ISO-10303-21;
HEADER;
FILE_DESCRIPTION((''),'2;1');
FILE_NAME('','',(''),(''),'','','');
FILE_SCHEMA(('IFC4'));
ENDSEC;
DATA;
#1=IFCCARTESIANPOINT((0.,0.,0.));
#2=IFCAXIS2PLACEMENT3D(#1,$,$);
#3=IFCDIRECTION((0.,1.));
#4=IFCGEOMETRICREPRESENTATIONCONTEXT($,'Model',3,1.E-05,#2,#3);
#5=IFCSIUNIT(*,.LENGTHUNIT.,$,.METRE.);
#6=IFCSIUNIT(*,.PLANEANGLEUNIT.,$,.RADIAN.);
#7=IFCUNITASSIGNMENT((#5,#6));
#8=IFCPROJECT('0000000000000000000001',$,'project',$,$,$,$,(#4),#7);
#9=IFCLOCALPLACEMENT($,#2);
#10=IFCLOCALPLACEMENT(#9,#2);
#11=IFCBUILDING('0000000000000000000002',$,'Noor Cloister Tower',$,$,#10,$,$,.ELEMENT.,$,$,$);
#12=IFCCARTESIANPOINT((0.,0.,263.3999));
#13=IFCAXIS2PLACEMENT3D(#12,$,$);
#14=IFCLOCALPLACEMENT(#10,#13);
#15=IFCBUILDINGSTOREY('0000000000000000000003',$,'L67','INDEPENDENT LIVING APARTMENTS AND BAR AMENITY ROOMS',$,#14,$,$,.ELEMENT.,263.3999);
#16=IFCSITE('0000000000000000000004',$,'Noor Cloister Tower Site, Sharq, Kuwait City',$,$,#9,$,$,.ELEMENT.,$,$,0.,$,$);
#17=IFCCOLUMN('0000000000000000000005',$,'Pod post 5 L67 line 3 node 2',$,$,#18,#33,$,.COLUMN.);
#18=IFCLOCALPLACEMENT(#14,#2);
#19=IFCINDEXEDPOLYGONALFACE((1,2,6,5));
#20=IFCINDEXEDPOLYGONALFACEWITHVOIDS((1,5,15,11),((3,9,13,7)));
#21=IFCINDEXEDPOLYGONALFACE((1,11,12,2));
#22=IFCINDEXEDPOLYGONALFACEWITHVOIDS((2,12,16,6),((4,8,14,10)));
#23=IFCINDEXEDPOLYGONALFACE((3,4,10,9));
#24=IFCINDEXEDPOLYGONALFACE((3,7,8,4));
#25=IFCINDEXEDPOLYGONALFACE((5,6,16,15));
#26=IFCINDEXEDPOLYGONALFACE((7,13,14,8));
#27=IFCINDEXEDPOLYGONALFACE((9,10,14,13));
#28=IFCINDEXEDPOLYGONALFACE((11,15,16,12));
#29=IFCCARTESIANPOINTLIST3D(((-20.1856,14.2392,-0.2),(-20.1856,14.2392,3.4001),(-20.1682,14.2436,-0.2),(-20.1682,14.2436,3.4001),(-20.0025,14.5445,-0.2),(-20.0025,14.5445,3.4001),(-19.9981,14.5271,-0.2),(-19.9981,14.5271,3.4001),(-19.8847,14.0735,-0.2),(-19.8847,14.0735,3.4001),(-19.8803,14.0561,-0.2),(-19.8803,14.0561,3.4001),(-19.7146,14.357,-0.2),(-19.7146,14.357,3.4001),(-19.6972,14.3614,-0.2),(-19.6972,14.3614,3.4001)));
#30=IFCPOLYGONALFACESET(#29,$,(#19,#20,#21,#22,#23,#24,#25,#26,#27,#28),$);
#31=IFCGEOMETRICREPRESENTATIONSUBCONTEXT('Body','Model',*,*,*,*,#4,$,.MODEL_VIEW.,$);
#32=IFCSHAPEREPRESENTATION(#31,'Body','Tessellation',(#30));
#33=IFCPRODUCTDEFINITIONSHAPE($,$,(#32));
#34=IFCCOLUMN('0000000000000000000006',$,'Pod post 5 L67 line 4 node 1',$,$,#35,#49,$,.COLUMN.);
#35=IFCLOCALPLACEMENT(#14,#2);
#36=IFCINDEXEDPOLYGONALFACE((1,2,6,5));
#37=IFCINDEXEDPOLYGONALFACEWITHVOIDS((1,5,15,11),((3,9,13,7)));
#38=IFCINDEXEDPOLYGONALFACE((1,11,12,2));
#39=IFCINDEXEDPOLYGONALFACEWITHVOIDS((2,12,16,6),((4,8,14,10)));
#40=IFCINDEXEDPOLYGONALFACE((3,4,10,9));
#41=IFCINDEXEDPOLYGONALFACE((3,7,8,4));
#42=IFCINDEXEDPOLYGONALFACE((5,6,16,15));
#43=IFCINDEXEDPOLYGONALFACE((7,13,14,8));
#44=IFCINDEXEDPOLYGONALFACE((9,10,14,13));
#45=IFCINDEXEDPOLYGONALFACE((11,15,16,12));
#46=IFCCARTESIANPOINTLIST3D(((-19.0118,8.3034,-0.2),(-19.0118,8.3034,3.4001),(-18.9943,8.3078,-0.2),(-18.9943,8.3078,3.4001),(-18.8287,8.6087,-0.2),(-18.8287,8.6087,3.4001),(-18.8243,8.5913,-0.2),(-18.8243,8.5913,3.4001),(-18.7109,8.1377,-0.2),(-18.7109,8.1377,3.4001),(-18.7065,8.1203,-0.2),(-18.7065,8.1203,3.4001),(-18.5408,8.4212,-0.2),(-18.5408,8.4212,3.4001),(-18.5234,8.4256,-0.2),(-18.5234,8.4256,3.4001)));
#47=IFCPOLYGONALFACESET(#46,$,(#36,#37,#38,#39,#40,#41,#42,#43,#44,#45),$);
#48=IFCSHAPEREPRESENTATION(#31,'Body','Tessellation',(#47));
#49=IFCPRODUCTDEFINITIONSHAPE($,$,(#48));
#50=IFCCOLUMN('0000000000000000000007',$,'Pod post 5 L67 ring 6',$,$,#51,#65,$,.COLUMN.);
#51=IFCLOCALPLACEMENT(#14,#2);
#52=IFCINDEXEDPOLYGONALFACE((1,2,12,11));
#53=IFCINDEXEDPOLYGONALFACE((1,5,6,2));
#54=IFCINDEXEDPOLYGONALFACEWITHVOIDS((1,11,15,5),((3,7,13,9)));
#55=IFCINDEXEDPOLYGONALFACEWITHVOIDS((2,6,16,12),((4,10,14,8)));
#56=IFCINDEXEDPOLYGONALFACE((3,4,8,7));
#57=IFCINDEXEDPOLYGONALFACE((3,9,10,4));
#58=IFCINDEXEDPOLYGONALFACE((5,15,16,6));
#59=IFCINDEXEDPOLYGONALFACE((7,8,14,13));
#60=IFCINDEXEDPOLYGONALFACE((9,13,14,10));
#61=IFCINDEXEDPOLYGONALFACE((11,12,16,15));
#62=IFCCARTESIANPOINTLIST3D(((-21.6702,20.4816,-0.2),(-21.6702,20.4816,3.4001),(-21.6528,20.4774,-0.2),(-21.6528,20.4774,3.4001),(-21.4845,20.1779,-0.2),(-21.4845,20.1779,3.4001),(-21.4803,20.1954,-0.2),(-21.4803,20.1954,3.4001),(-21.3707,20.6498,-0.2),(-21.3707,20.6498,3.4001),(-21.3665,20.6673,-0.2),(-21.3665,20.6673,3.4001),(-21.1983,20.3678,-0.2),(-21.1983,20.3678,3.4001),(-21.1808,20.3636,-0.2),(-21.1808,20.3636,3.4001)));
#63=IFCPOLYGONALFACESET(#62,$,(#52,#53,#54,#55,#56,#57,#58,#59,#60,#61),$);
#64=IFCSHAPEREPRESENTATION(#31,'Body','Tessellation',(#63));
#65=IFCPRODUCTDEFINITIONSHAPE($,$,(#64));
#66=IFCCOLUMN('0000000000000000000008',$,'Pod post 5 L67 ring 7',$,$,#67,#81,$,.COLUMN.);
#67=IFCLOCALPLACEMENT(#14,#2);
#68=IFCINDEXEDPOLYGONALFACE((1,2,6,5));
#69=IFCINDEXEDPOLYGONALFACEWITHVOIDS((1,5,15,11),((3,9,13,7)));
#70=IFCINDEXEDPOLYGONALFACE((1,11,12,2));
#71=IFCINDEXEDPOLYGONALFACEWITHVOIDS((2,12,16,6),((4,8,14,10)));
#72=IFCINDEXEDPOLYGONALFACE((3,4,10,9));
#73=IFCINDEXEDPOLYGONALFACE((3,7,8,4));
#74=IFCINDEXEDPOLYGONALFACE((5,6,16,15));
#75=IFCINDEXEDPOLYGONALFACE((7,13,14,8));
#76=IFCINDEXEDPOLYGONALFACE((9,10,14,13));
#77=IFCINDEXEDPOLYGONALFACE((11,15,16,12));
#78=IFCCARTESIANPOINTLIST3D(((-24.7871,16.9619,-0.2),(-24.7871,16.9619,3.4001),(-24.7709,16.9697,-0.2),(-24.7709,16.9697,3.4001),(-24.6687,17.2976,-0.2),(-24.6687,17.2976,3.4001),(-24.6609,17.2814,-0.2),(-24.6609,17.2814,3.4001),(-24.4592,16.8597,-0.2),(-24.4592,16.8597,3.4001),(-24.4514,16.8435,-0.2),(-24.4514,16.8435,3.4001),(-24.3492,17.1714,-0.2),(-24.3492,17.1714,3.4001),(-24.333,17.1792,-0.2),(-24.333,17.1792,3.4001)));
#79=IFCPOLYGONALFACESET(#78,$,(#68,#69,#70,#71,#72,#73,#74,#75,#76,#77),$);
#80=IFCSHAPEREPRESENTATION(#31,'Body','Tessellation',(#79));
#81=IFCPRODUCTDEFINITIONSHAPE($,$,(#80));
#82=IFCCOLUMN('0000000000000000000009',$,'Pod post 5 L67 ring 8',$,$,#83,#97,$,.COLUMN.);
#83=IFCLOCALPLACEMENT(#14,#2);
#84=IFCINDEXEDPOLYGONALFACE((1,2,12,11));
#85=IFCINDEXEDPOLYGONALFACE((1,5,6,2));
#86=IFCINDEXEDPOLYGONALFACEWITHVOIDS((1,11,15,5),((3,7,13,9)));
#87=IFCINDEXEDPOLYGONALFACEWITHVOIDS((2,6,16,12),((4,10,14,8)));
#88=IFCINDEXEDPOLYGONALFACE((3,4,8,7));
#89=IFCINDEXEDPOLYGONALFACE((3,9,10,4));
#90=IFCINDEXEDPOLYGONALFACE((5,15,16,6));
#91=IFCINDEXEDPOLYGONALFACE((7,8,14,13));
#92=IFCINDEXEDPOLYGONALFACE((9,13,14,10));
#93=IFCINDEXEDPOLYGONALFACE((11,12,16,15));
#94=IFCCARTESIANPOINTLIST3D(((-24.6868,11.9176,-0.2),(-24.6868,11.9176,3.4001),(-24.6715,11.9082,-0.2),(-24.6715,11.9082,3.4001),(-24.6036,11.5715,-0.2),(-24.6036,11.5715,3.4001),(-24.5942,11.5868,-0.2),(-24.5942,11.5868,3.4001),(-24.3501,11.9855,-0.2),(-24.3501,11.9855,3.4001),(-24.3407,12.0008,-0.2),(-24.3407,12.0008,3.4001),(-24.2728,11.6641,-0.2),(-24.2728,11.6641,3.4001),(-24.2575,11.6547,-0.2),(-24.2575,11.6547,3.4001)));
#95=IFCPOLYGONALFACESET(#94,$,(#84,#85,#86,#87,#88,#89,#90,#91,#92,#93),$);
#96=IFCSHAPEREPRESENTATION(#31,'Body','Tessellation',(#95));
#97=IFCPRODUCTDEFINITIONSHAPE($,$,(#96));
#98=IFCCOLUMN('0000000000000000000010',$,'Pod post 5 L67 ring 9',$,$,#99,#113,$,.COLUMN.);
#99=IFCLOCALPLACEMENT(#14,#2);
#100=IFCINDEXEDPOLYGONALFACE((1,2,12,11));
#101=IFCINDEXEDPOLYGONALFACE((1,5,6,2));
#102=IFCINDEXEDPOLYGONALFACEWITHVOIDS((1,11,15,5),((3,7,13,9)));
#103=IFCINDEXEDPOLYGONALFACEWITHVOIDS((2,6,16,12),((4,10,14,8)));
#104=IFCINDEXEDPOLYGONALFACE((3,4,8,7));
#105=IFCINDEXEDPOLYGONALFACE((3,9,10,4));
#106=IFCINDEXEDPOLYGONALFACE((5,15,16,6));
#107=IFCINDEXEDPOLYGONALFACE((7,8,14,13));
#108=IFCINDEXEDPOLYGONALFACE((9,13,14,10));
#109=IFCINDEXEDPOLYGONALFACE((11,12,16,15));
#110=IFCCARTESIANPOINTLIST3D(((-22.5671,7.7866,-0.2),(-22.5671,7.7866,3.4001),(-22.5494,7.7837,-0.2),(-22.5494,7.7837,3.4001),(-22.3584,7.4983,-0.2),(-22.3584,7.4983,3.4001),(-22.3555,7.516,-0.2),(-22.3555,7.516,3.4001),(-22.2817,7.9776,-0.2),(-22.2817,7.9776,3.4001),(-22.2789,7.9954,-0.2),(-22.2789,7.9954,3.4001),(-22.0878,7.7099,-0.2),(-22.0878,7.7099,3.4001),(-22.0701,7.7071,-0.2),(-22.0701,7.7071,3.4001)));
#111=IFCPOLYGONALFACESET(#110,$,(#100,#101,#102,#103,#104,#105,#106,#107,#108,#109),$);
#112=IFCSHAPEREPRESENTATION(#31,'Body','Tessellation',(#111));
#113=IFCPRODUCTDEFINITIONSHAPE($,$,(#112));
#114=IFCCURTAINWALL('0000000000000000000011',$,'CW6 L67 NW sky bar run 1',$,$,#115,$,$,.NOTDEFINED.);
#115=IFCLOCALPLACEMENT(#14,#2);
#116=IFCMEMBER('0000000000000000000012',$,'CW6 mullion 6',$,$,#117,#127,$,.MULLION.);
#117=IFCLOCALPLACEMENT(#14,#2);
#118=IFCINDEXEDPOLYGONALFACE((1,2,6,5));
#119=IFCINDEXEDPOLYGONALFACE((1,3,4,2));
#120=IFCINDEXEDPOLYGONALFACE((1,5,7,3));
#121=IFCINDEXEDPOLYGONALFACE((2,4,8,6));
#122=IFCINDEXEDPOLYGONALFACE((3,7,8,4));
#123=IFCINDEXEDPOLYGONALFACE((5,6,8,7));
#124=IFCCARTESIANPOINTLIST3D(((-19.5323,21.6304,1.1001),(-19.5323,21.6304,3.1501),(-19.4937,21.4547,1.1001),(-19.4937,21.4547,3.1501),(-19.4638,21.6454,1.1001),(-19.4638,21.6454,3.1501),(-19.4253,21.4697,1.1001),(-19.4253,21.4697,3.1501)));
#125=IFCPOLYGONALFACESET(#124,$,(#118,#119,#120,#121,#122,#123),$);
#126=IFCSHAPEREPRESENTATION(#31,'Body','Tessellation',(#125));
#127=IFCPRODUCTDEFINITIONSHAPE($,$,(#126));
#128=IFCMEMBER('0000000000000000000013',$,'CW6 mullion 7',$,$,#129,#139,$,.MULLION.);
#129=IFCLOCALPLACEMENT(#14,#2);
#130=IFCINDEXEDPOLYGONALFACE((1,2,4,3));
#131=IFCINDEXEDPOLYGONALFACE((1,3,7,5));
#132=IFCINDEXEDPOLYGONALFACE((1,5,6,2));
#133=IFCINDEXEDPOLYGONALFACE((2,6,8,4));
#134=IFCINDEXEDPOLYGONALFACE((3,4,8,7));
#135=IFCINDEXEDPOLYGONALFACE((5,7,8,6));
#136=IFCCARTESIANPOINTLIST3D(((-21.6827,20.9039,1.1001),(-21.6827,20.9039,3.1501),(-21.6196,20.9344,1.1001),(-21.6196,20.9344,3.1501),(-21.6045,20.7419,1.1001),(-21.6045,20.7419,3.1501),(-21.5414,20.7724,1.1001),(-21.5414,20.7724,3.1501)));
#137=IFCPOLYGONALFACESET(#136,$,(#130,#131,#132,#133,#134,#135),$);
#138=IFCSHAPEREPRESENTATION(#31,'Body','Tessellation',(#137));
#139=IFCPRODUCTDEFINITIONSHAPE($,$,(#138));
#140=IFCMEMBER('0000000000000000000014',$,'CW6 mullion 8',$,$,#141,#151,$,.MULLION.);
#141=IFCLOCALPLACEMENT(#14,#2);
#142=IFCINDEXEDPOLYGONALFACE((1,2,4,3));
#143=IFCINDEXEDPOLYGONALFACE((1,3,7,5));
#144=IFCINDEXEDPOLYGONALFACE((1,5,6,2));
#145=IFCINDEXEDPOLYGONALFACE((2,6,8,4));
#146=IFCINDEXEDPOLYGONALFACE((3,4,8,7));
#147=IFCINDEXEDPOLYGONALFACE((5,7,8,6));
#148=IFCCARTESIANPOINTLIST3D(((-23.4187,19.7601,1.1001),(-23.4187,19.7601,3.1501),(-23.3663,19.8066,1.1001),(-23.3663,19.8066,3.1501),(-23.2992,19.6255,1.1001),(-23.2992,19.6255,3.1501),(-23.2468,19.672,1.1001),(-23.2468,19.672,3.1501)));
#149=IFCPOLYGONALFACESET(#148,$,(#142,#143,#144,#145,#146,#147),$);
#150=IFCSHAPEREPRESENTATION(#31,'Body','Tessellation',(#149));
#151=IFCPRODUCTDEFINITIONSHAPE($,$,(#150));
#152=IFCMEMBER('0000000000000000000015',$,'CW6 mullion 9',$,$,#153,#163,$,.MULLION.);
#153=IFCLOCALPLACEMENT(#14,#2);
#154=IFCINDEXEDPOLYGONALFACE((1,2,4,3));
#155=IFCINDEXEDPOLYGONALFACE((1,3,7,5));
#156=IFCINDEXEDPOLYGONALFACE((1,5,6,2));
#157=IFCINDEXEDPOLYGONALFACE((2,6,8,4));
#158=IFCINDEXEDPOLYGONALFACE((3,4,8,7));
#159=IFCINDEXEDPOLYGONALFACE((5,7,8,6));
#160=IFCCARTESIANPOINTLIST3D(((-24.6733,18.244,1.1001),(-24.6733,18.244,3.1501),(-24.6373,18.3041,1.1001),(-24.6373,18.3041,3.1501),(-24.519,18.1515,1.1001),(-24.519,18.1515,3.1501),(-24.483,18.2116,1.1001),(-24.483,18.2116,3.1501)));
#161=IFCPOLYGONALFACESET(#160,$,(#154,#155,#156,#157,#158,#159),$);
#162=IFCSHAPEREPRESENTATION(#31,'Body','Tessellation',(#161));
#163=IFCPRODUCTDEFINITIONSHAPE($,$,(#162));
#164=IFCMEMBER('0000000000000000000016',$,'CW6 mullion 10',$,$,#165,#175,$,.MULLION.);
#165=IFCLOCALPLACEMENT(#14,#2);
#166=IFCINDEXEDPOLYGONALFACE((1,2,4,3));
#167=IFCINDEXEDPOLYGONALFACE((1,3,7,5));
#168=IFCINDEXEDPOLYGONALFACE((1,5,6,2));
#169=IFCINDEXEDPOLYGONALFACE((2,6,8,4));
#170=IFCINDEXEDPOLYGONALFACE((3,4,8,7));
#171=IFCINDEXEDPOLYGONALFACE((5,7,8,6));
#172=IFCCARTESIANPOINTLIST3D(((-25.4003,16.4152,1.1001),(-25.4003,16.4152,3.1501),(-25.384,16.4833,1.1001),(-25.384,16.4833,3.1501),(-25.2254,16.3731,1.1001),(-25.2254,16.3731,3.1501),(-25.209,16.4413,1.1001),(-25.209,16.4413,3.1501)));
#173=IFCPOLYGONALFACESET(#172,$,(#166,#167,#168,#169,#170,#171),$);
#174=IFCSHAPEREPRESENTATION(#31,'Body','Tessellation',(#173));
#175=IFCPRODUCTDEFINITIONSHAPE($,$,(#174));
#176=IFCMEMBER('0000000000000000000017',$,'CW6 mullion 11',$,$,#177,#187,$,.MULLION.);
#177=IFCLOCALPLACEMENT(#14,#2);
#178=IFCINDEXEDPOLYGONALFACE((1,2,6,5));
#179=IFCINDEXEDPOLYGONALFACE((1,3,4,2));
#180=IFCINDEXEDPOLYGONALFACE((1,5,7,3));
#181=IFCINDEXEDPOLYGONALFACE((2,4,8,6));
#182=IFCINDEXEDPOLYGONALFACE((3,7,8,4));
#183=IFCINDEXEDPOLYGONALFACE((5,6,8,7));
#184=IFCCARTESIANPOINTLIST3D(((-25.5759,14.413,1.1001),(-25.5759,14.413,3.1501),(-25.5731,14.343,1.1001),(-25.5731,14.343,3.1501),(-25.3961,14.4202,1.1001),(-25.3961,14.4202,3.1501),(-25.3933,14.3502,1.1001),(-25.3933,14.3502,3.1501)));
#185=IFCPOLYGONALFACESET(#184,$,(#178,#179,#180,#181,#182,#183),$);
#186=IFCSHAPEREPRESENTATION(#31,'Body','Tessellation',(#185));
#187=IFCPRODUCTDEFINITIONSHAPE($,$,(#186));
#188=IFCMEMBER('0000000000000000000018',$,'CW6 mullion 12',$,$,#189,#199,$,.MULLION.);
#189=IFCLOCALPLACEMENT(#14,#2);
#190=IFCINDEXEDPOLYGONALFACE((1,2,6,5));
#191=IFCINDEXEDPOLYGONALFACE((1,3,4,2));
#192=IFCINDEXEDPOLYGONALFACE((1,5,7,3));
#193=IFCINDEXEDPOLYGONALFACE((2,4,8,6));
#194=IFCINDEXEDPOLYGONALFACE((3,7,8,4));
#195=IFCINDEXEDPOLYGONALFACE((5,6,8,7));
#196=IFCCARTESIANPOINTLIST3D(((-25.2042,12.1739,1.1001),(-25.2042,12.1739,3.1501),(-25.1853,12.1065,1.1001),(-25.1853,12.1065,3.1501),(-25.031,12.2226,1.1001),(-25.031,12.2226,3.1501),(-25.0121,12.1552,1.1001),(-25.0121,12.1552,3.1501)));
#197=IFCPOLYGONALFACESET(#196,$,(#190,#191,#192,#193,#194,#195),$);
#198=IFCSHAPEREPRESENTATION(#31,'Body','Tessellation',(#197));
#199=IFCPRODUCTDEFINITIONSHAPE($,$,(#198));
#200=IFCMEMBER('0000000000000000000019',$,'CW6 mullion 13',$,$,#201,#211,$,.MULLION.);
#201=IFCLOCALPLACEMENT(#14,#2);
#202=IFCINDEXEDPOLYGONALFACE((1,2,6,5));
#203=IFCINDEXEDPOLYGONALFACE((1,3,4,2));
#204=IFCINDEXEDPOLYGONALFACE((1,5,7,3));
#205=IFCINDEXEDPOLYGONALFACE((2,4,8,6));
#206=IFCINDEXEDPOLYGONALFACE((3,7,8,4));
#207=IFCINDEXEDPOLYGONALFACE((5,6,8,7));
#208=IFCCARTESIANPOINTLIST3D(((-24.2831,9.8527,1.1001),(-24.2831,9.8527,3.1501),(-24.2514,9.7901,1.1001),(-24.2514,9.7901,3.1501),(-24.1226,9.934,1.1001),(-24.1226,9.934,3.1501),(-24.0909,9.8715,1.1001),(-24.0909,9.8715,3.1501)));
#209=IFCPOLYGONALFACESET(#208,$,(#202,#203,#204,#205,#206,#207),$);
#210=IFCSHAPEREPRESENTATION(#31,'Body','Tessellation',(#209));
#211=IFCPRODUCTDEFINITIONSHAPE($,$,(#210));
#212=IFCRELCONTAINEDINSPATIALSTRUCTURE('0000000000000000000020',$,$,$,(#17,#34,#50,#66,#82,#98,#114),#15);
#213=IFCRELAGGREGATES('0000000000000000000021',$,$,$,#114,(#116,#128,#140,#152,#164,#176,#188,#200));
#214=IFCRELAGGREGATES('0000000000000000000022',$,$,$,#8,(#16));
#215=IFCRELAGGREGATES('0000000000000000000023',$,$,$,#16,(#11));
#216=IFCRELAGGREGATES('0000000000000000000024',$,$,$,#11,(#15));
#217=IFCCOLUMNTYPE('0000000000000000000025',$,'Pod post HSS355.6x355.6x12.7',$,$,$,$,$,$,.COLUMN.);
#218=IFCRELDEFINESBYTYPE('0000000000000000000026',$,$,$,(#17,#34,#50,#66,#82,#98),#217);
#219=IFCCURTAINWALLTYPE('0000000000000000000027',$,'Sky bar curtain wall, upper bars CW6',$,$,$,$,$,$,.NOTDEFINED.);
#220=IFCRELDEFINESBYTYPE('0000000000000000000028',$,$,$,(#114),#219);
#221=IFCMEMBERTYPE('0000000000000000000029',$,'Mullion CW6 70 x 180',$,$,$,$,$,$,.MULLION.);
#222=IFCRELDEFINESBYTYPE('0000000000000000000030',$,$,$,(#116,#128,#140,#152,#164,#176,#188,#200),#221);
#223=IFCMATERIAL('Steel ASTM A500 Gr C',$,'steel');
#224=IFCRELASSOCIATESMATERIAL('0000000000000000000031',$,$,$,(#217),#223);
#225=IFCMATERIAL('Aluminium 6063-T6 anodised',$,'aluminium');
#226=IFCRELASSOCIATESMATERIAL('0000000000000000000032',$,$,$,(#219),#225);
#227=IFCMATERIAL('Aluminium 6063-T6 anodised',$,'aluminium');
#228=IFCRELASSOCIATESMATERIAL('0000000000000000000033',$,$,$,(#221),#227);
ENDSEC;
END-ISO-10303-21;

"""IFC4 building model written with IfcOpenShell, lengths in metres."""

from ifc_helpers import new_model, si_unit, direction, frame, origin, origin_2d, place, context, subcontext, project, spatial, rectangle, hollow_rectangle, extrude, material, material_profile, profile_set, type_object, element, aggregate, save


model = new_model("IFC4")

# Units and contexts
model_context = context("Model", 3, precision=1e-05, world=origin(), true_north=direction((0.0, 1.0)))
body_context = subcontext(model_context, "Body", "Model", "MODEL_VIEW")
ifc_project = project(units=[si_unit("LENGTHUNIT", "METRE"), si_unit("PLANEANGLEUNIT", "RADIAN")], contexts=[model_context])

# Site, building, storey
site_placement = place(None, origin())
site = spatial("IfcSite", under=ifc_project, at=site_placement, Name="Noor Cloister Tower Site, Sharq, Kuwait City", CompositionType="ELEMENT", RefElevation=0.0)
building_placement = place(site_placement, origin())
building = spatial("IfcBuilding", under=site, at=building_placement, Name="Noor Cloister Tower", CompositionType="ELEMENT")
storey_placement = place(building_placement, frame((0.0, 0.0, 263.3999)))
storey = spatial("IfcBuildingStorey", under=building, at=storey_placement, Name="L67", Description="INDEPENDENT LIVING APARTMENTS AND BAR AMENITY ROOMS", CompositionType="ELEMENT", Elevation=263.3999)

# Columns
ifc_material_1 = material(Name="Steel ASTM A500 Gr C", Category="steel")
ifc_material_profile_1 = material_profile(ifc_material_1, hollow_rectangle(XDim=0.356, YDim=0.356, WallThickness=0.0127, at=origin_2d()), Name="HSS355.6x355.6x12.7")
ifc_profile_set_1 = profile_set([ifc_material_profile_1], Name="Steel ASTM A500 Gr C")
column_type = type_object("IfcColumnType", Name="Pod post HSS355.6x355.6x12.7", PredefinedType="COLUMN", material=ifc_profile_set_1)
for number, where, z_axis, x_axis, name in (
    (1, (-19.9414, 14.3003, -0.2), (0.0, 0.0, 1.0), (-0.857567, 0.514373, 0.0), "Pod post 5 L67 line 3 node 2"),
    (2, (-18.7676, 8.3645, -0.2), (0.0, 0.0, 1.0), (-0.857567, 0.514373, 0.0), "Pod post 5 L67 line 4 node 1"),
    (3, (-21.4255, 20.4226, -0.2), (0.0, 0.0, 1.0), (-0.853154, -0.521659, 0.0), "Pod post 5 L67 ring 6"),
    (4, (-24.5601, 17.0706, -0.2), (0.0, 0.0, 1.0), (-0.332679, -0.94304, 0.0), "Pod post 5 L67 ring 7"),
    (5, (-24.4722, 11.7861, -0.2), (0.0, 0.0, 1.0), (0.233735, -0.9723, 0.0), "Pod post 5 L67 ring 8"),
    (6, (-22.3186, 7.7468, -0.2), (0.0, 0.0, 1.0), (0.58656, -0.809906, 0.0), "Pod post 5 L67 ring 9"),
):
    element("IfcColumn", number, at=place(storey_placement, frame(where, z_axis=z_axis, x_axis=x_axis)), inside=storey, type_object=column_type, Name=name, PredefinedType="COLUMN", context=body_context, shape_type="SweptSolid", body=[
        extrude(hollow_rectangle(XDim=0.356, YDim=0.356, WallThickness=0.0127, at=origin_2d()), origin(), (0.0, 0.0, 1.0), 3.6001),
    ])

# Curtain wall, members
ifc_material_2 = material(Name="Aluminium 6063-T6 anodised", Category="aluminium")
curtain_wall_type = type_object("IfcCurtainWallType", Name="Sky bar curtain wall, upper bars CW6", PredefinedType="NOTDEFINED", material=ifc_material_2)
curtain_wall_placement = place(storey_placement, origin())
curtain_wall = element("IfcCurtainWall", 7, at=curtain_wall_placement, inside=storey, type_object=curtain_wall_type, Name="CW6 L67 NW sky bar run 1", PredefinedType="NOTDEFINED")
ifc_material_3 = material(Name="Aluminium 6063-T6 anodised", Category="aluminium")
ifc_material_profile_2 = material_profile(ifc_material_3, rectangle(XDim=0.1799, YDim=0.0701, at=origin_2d()), Name="180 x 70 mullion")
ifc_profile_set_2 = profile_set([ifc_material_profile_2], Name="Aluminium 6063-T6 anodised")
member_type = type_object("IfcMemberType", Name="Mullion CW6 70 x 180", PredefinedType="MULLION", material=ifc_profile_set_2)
member_1_placement = place(storey_placement, frame((-19.4788, 21.55, 1.1001), z_axis=(0.0, 0.0, 1.0), x_axis=(0.214216, -0.976786, 0.0)))
member_1 = element("IfcMember", 8, at=member_1_placement, type_object=member_type, Name="CW6 mullion 6", PredefinedType="MULLION", context=body_context, shape_type="SweptSolid", body=[
    extrude(rectangle(XDim=0.1799, YDim=0.0701, at=origin_2d()), origin(), (0.0, 0.0, 1.0), 2.05),
])
member_2_placement = place(storey_placement, frame((-21.6121, 20.8381, 1.1001), z_axis=(0.0, 0.0, 1.0), x_axis=(0.434972, -0.900444, 0.0)))
member_2 = element("IfcMember", 9, at=member_2_placement, type_object=member_type, Name="CW6 mullion 7", PredefinedType="MULLION", context=body_context, shape_type="SweptSolid", body=[
    extrude(rectangle(XDim=0.1799, YDim=0.0701, at=origin_2d()), origin(), (0.0, 0.0, 1.0), 2.05),
])
member_3_placement = place(storey_placement, frame((-23.3328, 19.7161, 1.1001), z_axis=(0.0, 0.0, 1.0), x_axis=(0.663832, -0.747882, 0.0)))
member_3 = element("IfcMember", 10, at=member_3_placement, type_object=member_type, Name="CW6 mullion 8", PredefinedType="MULLION", context=body_context, shape_type="SweptSolid", body=[
    extrude(rectangle(XDim=0.1799, YDim=0.0701, at=origin_2d()), origin(), (0.0, 0.0, 1.0), 2.05),
])
member_4_placement = place(storey_placement, frame((-24.5781, 18.2278, 1.1001), z_axis=(0.0, 0.0, 1.0), x_axis=(0.857567, -0.514373, 0.0)))
member_4 = element("IfcMember", 11, at=member_4_placement, type_object=member_type, Name="CW6 mullion 9", PredefinedType="MULLION", context=body_context, shape_type="SweptSolid", body=[
    extrude(rectangle(XDim=0.1799, YDim=0.0701, at=origin_2d()), origin(), (0.0, 0.0, 1.0), 2.05),
])
member_5_placement = place(storey_placement, frame((-25.3047, 16.4282, 1.1001), z_axis=(0.0, 0.0, 1.0), x_axis=(0.972354, -0.23351, 0.0)))
member_5 = element("IfcMember", 12, at=member_5_placement, type_object=member_type, Name="CW6 mullion 10", PredefinedType="MULLION", context=body_context, shape_type="SweptSolid", body=[
    extrude(rectangle(XDim=0.1799, YDim=0.0701, at=origin_2d()), origin(), (0.0, 0.0, 1.0), 2.05),
])
member_6_placement = place(storey_placement, frame((-25.4846, 14.3816, 1.1001), z_axis=(0.0, 0.0, 1.0), x_axis=(0.999191, 0.040226, 0.0)))
member_6 = element("IfcMember", 13, at=member_6_placement, type_object=member_type, Name="CW6 mullion 11", PredefinedType="MULLION", context=body_context, shape_type="SweptSolid", body=[
    extrude(rectangle(XDim=0.1799, YDim=0.0701, at=origin_2d()), origin(), (0.0, 0.0, 1.0), 2.05),
])
member_7_placement = place(storey_placement, frame((-25.1082, 12.1646, 1.1001), z_axis=(0.0, 0.0, 1.0), x_axis=(0.9626, 0.270927, 0.0)))
member_7 = element("IfcMember", 14, at=member_7_placement, type_object=member_type, Name="CW6 mullion 12", PredefinedType="MULLION", context=body_context, shape_type="SweptSolid", body=[
    extrude(rectangle(XDim=0.1799, YDim=0.0701, at=origin_2d()), origin(), (0.0, 0.0, 1.0), 2.05),
])
member_8_placement = place(storey_placement, frame((-24.187, 9.8621, 1.1001), z_axis=(0.0, 0.0, 1.0), x_axis=(0.892045, 0.451948, 0.0)))
member_8 = element("IfcMember", 15, at=member_8_placement, type_object=member_type, Name="CW6 mullion 13", PredefinedType="MULLION", context=body_context, shape_type="SweptSolid", body=[
    extrude(rectangle(XDim=0.1799, YDim=0.0701, at=origin_2d()), origin(), (0.0, 0.0, 1.0), 2.05),
])
aggregate(curtain_wall, [member_1, member_2, member_3, member_4, member_5, member_6, member_7, member_8])

save(model, "model.ifc")
